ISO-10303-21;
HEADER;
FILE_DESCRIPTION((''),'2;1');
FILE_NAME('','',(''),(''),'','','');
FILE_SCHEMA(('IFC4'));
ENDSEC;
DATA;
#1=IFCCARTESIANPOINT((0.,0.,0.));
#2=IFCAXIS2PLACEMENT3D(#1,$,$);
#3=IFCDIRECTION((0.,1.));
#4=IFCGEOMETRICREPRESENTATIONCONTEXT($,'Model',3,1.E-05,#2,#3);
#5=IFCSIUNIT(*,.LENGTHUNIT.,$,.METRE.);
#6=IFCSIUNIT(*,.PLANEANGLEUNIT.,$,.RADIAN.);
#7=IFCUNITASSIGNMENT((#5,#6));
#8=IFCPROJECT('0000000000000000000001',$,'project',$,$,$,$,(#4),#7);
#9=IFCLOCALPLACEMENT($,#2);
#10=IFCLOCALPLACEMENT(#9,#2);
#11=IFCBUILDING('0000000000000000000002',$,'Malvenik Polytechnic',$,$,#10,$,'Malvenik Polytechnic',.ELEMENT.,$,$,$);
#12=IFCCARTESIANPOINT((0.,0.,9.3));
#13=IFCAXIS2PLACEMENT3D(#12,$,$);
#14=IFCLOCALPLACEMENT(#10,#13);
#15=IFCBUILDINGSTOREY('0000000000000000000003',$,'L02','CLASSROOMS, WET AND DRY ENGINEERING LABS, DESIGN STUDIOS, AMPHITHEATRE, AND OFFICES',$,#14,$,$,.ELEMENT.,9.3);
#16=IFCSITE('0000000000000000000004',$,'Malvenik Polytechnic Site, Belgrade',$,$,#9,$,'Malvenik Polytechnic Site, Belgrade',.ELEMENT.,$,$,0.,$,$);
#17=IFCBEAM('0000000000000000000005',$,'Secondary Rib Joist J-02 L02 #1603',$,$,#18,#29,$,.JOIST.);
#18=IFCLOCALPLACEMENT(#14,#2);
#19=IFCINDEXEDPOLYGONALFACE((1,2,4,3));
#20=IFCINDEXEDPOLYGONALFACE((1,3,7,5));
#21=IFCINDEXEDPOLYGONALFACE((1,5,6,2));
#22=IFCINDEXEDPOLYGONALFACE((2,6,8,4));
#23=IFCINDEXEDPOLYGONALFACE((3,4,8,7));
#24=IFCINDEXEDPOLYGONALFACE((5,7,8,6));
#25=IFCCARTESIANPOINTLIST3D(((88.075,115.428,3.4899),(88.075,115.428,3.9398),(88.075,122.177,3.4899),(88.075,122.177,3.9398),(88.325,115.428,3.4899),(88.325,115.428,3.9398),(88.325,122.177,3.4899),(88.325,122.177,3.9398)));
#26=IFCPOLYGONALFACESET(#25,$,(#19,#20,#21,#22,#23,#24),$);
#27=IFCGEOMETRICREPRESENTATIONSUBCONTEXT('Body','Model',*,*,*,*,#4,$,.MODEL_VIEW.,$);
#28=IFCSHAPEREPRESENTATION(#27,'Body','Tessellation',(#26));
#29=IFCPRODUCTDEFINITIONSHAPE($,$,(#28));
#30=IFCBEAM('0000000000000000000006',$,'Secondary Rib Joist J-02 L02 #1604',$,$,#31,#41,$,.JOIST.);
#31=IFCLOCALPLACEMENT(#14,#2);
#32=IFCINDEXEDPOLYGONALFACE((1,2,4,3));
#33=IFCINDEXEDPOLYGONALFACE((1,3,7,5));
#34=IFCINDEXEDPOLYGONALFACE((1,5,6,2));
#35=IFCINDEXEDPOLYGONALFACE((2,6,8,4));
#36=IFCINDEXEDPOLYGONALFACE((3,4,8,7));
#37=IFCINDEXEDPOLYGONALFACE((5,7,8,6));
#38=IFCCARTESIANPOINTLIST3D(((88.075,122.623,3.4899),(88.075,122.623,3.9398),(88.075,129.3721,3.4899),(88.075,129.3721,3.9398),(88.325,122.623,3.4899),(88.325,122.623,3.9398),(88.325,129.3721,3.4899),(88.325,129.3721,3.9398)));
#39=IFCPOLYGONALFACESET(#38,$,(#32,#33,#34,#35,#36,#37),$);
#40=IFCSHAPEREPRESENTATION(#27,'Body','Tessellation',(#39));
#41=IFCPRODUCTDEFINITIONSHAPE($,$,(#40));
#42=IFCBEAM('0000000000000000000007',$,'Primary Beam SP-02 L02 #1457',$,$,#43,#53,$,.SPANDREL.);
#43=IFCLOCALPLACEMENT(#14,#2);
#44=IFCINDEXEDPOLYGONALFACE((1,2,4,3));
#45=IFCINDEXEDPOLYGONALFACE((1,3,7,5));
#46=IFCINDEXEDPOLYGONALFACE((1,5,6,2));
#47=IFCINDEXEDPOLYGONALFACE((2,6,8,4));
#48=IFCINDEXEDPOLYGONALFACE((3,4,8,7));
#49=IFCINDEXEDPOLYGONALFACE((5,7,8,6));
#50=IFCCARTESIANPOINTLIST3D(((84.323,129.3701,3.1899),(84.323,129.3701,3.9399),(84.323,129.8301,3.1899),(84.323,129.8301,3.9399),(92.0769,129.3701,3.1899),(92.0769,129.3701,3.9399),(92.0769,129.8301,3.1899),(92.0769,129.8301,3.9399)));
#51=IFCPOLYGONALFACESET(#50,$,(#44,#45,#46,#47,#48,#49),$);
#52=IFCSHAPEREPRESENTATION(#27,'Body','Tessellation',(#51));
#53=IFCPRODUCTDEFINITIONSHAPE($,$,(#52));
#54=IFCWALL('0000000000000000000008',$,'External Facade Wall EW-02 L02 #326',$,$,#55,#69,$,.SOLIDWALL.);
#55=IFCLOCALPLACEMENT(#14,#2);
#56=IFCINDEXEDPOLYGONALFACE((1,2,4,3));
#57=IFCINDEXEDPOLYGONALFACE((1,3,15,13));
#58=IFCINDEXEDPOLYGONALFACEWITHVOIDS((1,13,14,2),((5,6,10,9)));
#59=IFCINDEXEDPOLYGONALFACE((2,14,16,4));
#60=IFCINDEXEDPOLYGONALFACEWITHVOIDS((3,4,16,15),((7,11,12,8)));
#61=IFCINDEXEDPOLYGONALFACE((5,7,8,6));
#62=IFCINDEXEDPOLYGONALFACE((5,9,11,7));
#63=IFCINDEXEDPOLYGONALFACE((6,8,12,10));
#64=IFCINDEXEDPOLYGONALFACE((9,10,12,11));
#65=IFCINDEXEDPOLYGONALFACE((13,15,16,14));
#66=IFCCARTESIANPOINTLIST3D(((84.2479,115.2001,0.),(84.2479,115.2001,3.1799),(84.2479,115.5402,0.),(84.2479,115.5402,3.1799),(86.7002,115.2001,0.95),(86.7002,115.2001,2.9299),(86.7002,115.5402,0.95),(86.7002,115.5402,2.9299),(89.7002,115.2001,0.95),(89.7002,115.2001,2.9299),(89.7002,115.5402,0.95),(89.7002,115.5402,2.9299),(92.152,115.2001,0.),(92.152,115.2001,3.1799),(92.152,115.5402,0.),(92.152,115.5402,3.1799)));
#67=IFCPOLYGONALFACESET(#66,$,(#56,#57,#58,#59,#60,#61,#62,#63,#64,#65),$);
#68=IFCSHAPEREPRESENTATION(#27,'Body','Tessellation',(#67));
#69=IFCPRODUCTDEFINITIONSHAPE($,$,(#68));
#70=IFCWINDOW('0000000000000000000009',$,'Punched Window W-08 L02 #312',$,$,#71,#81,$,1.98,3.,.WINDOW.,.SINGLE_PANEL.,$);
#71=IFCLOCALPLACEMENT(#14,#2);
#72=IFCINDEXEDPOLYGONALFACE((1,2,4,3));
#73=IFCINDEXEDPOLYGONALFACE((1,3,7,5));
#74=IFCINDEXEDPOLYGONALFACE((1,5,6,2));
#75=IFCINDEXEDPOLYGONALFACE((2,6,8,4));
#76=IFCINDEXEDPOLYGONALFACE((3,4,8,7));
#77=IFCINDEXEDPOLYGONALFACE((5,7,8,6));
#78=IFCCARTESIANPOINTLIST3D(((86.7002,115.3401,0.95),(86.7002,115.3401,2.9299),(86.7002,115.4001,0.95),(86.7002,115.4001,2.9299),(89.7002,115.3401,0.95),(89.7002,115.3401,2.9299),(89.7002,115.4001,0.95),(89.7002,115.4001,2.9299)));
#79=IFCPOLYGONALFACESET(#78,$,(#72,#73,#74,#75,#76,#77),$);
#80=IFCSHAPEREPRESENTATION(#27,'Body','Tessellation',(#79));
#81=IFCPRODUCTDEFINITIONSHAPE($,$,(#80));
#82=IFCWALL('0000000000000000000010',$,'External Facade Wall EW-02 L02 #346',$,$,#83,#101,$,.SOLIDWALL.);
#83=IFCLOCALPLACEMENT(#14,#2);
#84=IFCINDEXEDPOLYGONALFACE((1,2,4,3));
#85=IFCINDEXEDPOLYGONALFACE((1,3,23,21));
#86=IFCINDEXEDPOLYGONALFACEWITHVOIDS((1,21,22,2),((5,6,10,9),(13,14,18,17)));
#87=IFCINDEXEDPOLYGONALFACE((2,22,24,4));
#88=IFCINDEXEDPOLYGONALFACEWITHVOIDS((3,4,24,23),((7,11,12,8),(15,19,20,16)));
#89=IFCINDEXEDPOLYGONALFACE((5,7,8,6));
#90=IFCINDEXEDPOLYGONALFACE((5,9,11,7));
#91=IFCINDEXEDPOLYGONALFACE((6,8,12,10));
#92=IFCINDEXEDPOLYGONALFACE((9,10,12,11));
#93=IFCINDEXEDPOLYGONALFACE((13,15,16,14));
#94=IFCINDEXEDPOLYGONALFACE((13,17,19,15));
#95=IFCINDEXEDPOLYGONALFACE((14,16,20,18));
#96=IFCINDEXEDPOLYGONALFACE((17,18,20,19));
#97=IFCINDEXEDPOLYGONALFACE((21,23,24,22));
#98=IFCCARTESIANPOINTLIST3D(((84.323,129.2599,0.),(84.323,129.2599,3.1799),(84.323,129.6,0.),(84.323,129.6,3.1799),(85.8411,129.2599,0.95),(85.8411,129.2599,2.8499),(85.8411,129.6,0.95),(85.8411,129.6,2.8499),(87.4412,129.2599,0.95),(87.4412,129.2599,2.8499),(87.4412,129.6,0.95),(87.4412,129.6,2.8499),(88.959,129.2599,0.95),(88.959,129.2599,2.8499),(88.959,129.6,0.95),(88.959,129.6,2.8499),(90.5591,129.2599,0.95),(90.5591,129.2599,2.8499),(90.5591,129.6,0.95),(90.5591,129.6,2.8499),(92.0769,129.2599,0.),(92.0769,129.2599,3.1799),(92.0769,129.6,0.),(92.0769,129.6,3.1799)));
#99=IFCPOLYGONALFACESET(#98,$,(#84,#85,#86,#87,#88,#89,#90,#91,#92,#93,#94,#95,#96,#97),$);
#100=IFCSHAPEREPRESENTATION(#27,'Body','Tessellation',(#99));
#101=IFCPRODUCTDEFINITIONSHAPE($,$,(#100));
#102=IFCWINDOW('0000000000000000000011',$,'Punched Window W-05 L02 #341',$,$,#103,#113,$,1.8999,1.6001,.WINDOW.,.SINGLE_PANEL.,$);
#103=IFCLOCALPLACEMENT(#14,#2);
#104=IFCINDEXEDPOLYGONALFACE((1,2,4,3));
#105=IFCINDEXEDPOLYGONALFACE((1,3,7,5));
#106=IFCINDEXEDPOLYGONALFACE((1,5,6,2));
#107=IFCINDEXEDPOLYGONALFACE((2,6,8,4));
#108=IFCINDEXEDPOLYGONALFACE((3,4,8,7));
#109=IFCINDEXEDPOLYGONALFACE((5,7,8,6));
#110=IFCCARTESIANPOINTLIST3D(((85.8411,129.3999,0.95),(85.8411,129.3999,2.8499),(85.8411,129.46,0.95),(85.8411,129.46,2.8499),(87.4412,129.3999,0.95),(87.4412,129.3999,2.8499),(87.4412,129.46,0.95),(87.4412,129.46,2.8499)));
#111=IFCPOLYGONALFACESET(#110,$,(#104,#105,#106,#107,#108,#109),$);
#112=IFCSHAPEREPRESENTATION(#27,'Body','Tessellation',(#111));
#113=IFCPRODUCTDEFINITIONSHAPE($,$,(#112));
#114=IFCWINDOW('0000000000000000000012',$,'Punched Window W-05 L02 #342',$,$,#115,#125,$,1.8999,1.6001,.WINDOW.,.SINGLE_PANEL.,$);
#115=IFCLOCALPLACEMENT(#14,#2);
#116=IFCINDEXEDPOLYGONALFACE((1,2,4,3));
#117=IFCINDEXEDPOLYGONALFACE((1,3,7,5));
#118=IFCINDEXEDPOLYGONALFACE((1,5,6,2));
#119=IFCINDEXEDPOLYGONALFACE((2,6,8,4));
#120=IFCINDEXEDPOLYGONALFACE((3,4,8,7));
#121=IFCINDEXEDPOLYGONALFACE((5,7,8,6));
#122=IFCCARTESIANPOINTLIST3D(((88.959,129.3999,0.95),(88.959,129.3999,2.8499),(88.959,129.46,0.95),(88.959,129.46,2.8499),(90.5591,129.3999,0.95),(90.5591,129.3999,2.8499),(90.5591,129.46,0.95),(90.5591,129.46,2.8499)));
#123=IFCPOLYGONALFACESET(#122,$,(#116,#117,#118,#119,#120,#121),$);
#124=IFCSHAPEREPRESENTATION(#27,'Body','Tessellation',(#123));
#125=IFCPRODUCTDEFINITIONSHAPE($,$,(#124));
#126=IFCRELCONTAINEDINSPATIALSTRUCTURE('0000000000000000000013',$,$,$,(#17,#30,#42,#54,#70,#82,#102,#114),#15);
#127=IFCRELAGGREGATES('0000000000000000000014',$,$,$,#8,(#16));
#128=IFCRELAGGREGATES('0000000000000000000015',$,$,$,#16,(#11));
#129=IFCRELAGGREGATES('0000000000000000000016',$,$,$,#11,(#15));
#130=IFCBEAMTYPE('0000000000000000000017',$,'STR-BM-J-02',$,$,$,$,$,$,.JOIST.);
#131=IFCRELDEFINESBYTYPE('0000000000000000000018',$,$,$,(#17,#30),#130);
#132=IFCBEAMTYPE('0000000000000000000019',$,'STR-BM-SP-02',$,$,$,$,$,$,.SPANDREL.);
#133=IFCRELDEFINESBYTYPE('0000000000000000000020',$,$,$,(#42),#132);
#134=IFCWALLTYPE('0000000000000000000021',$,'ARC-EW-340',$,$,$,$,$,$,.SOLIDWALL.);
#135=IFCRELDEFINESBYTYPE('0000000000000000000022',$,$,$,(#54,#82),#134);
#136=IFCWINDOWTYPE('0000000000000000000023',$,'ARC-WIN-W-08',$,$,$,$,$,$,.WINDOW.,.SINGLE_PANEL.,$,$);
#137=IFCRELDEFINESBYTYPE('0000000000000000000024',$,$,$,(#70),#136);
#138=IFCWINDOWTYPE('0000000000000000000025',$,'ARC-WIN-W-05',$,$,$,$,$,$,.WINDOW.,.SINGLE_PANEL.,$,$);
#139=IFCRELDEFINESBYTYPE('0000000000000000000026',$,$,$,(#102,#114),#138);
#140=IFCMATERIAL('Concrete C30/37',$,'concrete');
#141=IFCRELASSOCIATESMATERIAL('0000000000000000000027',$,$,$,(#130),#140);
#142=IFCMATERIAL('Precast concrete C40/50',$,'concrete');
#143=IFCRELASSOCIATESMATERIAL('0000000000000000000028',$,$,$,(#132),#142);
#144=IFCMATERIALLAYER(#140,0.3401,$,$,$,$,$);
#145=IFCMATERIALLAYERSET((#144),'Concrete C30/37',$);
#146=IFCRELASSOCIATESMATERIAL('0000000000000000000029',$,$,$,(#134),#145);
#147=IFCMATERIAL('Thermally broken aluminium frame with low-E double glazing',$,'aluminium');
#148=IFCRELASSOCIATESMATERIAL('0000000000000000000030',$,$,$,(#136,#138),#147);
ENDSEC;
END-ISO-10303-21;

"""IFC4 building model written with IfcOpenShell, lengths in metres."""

from ifc_helpers import new_model, si_unit, direction, frame, frame_2d, origin, origin_2d, place, context, subcontext, project, spatial, rectangle, extrude, material, layer, layer_set, material_profile, profile_set, type_object, element, fill, save


model = new_model("IFC4")

# Units and contexts
model_context = context("Model", 3, precision=1e-05, world=origin(), true_north=direction((0.0, 1.0)))
body_context = subcontext(model_context, "Body", "Model", "MODEL_VIEW")
ifc_project = project(units=[si_unit("LENGTHUNIT", "METRE"), si_unit("PLANEANGLEUNIT", "RADIAN")], contexts=[model_context])

# Site, building, storey
site_placement = place(None, origin())
site = spatial("IfcSite", under=ifc_project, at=site_placement, Name="Malvenik Polytechnic Site, Belgrade", LongName="Malvenik Polytechnic Site, Belgrade", CompositionType="ELEMENT", RefElevation=0.0)
building_placement = place(site_placement, origin())
building = spatial("IfcBuilding", under=site, at=building_placement, Name="Malvenik Polytechnic", LongName="Malvenik Polytechnic", CompositionType="ELEMENT")
storey_placement = place(building_placement, frame((0.0, 0.0, 9.3)))
storey = spatial("IfcBuildingStorey", under=building, at=storey_placement, Name="L02", Description="CLASSROOMS, WET AND DRY ENGINEERING LABS, DESIGN STUDIOS, AMPHITHEATRE, AND OFFICES", CompositionType="ELEMENT", Elevation=9.3)

# Beams
ifc_material_1 = material(Name="Concrete C30/37", Category="concrete")
ifc_material_profile_1 = material_profile(ifc_material_1, rectangle(XDim=0.25, YDim=0.45, at=origin_2d()), Name="RC JST 250x450")
ifc_profile_set_1 = profile_set([ifc_material_profile_1], Name="Concrete C30/37")
beam_type_1 = type_object("IfcBeamType", Name="STR-BM-J-02", PredefinedType="JOIST", material=ifc_profile_set_1)
for number, where, z_axis, x_axis, name in (
    (1, (88.2, 115.428, 3.7148), (0.0, 1.0, 0.0), (-1.0, 0.0, 0.0), "Secondary Rib Joist J-02 L02 #1603"),
    (2, (88.2, 122.623, 3.7148), (0.0, 1.0, 0.0), (-1.0, 0.0, 0.0), "Secondary Rib Joist J-02 L02 #1604"),
):
    element("IfcBeam", number, at=place(storey_placement, frame(where, z_axis=z_axis, x_axis=x_axis)), inside=storey, type_object=beam_type_1, Name=name, PredefinedType="JOIST", context=body_context, shape_type="SweptSolid", body=[
        extrude(rectangle(XDim=0.25, YDim=0.45, at=origin_2d()), origin(), (0.0, 0.0, 1.0), 6.749),
    ])
ifc_material_2 = material(Name="Precast concrete C40/50", Category="concrete")
ifc_material_profile_2 = material_profile(ifc_material_2, rectangle(XDim=0.46, YDim=0.75, at=origin_2d()), Name="PC SPN 460x750")
ifc_profile_set_2 = profile_set([ifc_material_profile_2], Name="Precast concrete C40/50")
beam_type_2 = type_object("IfcBeamType", Name="STR-BM-SP-02", PredefinedType="SPANDREL", material=ifc_profile_set_2)
beam_1_placement = place(storey_placement, frame((84.323, 129.6001, 3.5649), z_axis=(1.0, 0.0, 0.0), x_axis=(0.0, 1.0, 0.0)))
element("IfcBeam", 3, at=beam_1_placement, inside=storey, type_object=beam_type_2, Name="Primary Beam SP-02 L02 #1457", PredefinedType="SPANDREL", context=body_context, shape_type="SweptSolid", body=[
    extrude(rectangle(XDim=0.46, YDim=0.75, at=origin_2d()), origin(), (0.0, 0.0, 1.0), 7.7539),
])

# Wall, opening, window
ifc_layer = layer(ifc_material_1, 0.3401)
ifc_layer_set = layer_set([ifc_layer], Name="Concrete C30/37")
wall_type = type_object("IfcWallType", Name="ARC-EW-340", PredefinedType="SOLIDWALL", material=ifc_layer_set)
wall_1_placement = place(storey_placement, frame((92.1521, 115.3701, 0.0), z_axis=(0.0, 0.0, 1.0), x_axis=(-1.0, 0.0, 0.0)))
wall_1 = element("IfcWall", 4, at=wall_1_placement, inside=storey, type_object=wall_type, Name="External Facade Wall EW-02 L02 #326", PredefinedType="SOLIDWALL", context=body_context, shape_type="SweptSolid", body=[
    extrude(rectangle(XDim=7.9041, YDim=0.3401, at=frame_2d((3.9521, 0.0))), origin(), (0.0, 0.0, 1.0), 3.1799),
])
opening_1_placement = place(wall_1_placement, frame((2.4519, 0.0, 0.95)))
opening_1 = element("IfcOpeningElement", 5, at=opening_1_placement, cuts=wall_1, PredefinedType="OPENING", context=body_context, shape_type="SweptSolid", body=[
    extrude(rectangle(XDim=3.0, YDim=1.98, at=frame_2d((1.5, 0.99))), frame((0.0, 0.1802, 0.0), z_axis=(0.0, -1.0, 0.0), x_axis=(1.0, 0.0, 0.0)), (0.0, 0.0, 1.0), 0.3601),
])
ifc_material_3 = material(Name="Thermally broken aluminium frame with low-E double glazing", Category="aluminium")
window_type_1 = type_object("IfcWindowType", Name="ARC-WIN-W-08", PartitioningType="SINGLE_PANEL", PredefinedType="WINDOW", material=ifc_material_3)
window_1_placement = place(opening_1_placement, origin())
window_1 = element("IfcWindow", 6, at=window_1_placement, inside=storey, type_object=window_type_1, Name="Punched Window W-08 L02 #312", OverallHeight=1.98, OverallWidth=3.0, PartitioningType="SINGLE_PANEL", PredefinedType="WINDOW", context=body_context, shape_type="SweptSolid", body=[
    extrude(rectangle(XDim=3.0, YDim=1.98, at=frame_2d((1.5, 0.99))), frame((0.0, 0.03, 0.0), z_axis=(0.0, -1.0, 0.0), x_axis=(1.0, 0.0, 0.0)), (0.0, 0.0, 1.0), 0.0601),
])
fill(opening_1, window_1)

# Wall, openings, windows
wall_2_placement = place(storey_placement, frame((84.323, 129.4299, 0.0), z_axis=(0.0, 0.0, 1.0), x_axis=(1.0, 0.0, 0.0)))
wall_2 = element("IfcWall", 7, at=wall_2_placement, inside=storey, type_object=wall_type, Name="External Facade Wall EW-02 L02 #346", PredefinedType="SOLIDWALL", context=body_context, shape_type="SweptSolid", body=[
    extrude(rectangle(XDim=7.7539, YDim=0.3401, at=frame_2d((3.877, 0.0))), origin(), (0.0, 0.0, 1.0), 3.1799),
])
opening_2_placement = place(wall_2_placement, frame((1.5181, 0.0, 0.95)))
opening_2 = element("IfcOpeningElement", 8, at=opening_2_placement, cuts=wall_2, PredefinedType="OPENING", context=body_context, shape_type="SweptSolid", body=[
    extrude(rectangle(XDim=1.6001, YDim=1.8999, at=frame_2d((0.8, 0.95))), frame((0.0, 0.1802, 0.0), z_axis=(0.0, -1.0, 0.0), x_axis=(1.0, 0.0, 0.0)), (0.0, 0.0, 1.0), 0.3601),
])
opening_3_placement = place(wall_2_placement, frame((4.636, 0.0, 0.95)))
opening_3 = element("IfcOpeningElement", 9, at=opening_3_placement, cuts=wall_2, PredefinedType="OPENING", context=body_context, shape_type="SweptSolid", body=[
    extrude(rectangle(XDim=1.6001, YDim=1.8999, at=frame_2d((0.8, 0.95))), frame((0.0, 0.1802, 0.0), z_axis=(0.0, -1.0, 0.0), x_axis=(1.0, 0.0, 0.0)), (0.0, 0.0, 1.0), 0.3601),
])
window_type_2 = type_object("IfcWindowType", Name="ARC-WIN-W-05", PartitioningType="SINGLE_PANEL", PredefinedType="WINDOW", material=ifc_material_3)
window_2_placement = place(opening_2_placement, origin())
window_2 = element("IfcWindow", 10, at=window_2_placement, inside=storey, type_object=window_type_2, Name="Punched Window W-05 L02 #341", OverallHeight=1.8999, OverallWidth=1.6001, PartitioningType="SINGLE_PANEL", PredefinedType="WINDOW", context=body_context, shape_type="SweptSolid", body=[
    extrude(rectangle(XDim=1.6001, YDim=1.8999, at=frame_2d((0.8, 0.95))), frame((0.0, 0.03, 0.0), z_axis=(0.0, -1.0, 0.0), x_axis=(1.0, 0.0, 0.0)), (0.0, 0.0, 1.0), 0.0601),
])
fill(opening_2, window_2)
window_3_placement = place(opening_3_placement, origin())
window_3 = element("IfcWindow", 11, at=window_3_placement, inside=storey, type_object=window_type_2, Name="Punched Window W-05 L02 #342", OverallHeight=1.8999, OverallWidth=1.6001, PartitioningType="SINGLE_PANEL", PredefinedType="WINDOW", context=body_context, shape_type="SweptSolid", body=[
    extrude(rectangle(XDim=1.6001, YDim=1.8999, at=frame_2d((0.8, 0.95))), frame((0.0, 0.03, 0.0), z_axis=(0.0, -1.0, 0.0), x_axis=(1.0, 0.0, 0.0)), (0.0, 0.0, 1.0), 0.0601),
])
fill(opening_3, window_3)

save(model, "model.ifc")
